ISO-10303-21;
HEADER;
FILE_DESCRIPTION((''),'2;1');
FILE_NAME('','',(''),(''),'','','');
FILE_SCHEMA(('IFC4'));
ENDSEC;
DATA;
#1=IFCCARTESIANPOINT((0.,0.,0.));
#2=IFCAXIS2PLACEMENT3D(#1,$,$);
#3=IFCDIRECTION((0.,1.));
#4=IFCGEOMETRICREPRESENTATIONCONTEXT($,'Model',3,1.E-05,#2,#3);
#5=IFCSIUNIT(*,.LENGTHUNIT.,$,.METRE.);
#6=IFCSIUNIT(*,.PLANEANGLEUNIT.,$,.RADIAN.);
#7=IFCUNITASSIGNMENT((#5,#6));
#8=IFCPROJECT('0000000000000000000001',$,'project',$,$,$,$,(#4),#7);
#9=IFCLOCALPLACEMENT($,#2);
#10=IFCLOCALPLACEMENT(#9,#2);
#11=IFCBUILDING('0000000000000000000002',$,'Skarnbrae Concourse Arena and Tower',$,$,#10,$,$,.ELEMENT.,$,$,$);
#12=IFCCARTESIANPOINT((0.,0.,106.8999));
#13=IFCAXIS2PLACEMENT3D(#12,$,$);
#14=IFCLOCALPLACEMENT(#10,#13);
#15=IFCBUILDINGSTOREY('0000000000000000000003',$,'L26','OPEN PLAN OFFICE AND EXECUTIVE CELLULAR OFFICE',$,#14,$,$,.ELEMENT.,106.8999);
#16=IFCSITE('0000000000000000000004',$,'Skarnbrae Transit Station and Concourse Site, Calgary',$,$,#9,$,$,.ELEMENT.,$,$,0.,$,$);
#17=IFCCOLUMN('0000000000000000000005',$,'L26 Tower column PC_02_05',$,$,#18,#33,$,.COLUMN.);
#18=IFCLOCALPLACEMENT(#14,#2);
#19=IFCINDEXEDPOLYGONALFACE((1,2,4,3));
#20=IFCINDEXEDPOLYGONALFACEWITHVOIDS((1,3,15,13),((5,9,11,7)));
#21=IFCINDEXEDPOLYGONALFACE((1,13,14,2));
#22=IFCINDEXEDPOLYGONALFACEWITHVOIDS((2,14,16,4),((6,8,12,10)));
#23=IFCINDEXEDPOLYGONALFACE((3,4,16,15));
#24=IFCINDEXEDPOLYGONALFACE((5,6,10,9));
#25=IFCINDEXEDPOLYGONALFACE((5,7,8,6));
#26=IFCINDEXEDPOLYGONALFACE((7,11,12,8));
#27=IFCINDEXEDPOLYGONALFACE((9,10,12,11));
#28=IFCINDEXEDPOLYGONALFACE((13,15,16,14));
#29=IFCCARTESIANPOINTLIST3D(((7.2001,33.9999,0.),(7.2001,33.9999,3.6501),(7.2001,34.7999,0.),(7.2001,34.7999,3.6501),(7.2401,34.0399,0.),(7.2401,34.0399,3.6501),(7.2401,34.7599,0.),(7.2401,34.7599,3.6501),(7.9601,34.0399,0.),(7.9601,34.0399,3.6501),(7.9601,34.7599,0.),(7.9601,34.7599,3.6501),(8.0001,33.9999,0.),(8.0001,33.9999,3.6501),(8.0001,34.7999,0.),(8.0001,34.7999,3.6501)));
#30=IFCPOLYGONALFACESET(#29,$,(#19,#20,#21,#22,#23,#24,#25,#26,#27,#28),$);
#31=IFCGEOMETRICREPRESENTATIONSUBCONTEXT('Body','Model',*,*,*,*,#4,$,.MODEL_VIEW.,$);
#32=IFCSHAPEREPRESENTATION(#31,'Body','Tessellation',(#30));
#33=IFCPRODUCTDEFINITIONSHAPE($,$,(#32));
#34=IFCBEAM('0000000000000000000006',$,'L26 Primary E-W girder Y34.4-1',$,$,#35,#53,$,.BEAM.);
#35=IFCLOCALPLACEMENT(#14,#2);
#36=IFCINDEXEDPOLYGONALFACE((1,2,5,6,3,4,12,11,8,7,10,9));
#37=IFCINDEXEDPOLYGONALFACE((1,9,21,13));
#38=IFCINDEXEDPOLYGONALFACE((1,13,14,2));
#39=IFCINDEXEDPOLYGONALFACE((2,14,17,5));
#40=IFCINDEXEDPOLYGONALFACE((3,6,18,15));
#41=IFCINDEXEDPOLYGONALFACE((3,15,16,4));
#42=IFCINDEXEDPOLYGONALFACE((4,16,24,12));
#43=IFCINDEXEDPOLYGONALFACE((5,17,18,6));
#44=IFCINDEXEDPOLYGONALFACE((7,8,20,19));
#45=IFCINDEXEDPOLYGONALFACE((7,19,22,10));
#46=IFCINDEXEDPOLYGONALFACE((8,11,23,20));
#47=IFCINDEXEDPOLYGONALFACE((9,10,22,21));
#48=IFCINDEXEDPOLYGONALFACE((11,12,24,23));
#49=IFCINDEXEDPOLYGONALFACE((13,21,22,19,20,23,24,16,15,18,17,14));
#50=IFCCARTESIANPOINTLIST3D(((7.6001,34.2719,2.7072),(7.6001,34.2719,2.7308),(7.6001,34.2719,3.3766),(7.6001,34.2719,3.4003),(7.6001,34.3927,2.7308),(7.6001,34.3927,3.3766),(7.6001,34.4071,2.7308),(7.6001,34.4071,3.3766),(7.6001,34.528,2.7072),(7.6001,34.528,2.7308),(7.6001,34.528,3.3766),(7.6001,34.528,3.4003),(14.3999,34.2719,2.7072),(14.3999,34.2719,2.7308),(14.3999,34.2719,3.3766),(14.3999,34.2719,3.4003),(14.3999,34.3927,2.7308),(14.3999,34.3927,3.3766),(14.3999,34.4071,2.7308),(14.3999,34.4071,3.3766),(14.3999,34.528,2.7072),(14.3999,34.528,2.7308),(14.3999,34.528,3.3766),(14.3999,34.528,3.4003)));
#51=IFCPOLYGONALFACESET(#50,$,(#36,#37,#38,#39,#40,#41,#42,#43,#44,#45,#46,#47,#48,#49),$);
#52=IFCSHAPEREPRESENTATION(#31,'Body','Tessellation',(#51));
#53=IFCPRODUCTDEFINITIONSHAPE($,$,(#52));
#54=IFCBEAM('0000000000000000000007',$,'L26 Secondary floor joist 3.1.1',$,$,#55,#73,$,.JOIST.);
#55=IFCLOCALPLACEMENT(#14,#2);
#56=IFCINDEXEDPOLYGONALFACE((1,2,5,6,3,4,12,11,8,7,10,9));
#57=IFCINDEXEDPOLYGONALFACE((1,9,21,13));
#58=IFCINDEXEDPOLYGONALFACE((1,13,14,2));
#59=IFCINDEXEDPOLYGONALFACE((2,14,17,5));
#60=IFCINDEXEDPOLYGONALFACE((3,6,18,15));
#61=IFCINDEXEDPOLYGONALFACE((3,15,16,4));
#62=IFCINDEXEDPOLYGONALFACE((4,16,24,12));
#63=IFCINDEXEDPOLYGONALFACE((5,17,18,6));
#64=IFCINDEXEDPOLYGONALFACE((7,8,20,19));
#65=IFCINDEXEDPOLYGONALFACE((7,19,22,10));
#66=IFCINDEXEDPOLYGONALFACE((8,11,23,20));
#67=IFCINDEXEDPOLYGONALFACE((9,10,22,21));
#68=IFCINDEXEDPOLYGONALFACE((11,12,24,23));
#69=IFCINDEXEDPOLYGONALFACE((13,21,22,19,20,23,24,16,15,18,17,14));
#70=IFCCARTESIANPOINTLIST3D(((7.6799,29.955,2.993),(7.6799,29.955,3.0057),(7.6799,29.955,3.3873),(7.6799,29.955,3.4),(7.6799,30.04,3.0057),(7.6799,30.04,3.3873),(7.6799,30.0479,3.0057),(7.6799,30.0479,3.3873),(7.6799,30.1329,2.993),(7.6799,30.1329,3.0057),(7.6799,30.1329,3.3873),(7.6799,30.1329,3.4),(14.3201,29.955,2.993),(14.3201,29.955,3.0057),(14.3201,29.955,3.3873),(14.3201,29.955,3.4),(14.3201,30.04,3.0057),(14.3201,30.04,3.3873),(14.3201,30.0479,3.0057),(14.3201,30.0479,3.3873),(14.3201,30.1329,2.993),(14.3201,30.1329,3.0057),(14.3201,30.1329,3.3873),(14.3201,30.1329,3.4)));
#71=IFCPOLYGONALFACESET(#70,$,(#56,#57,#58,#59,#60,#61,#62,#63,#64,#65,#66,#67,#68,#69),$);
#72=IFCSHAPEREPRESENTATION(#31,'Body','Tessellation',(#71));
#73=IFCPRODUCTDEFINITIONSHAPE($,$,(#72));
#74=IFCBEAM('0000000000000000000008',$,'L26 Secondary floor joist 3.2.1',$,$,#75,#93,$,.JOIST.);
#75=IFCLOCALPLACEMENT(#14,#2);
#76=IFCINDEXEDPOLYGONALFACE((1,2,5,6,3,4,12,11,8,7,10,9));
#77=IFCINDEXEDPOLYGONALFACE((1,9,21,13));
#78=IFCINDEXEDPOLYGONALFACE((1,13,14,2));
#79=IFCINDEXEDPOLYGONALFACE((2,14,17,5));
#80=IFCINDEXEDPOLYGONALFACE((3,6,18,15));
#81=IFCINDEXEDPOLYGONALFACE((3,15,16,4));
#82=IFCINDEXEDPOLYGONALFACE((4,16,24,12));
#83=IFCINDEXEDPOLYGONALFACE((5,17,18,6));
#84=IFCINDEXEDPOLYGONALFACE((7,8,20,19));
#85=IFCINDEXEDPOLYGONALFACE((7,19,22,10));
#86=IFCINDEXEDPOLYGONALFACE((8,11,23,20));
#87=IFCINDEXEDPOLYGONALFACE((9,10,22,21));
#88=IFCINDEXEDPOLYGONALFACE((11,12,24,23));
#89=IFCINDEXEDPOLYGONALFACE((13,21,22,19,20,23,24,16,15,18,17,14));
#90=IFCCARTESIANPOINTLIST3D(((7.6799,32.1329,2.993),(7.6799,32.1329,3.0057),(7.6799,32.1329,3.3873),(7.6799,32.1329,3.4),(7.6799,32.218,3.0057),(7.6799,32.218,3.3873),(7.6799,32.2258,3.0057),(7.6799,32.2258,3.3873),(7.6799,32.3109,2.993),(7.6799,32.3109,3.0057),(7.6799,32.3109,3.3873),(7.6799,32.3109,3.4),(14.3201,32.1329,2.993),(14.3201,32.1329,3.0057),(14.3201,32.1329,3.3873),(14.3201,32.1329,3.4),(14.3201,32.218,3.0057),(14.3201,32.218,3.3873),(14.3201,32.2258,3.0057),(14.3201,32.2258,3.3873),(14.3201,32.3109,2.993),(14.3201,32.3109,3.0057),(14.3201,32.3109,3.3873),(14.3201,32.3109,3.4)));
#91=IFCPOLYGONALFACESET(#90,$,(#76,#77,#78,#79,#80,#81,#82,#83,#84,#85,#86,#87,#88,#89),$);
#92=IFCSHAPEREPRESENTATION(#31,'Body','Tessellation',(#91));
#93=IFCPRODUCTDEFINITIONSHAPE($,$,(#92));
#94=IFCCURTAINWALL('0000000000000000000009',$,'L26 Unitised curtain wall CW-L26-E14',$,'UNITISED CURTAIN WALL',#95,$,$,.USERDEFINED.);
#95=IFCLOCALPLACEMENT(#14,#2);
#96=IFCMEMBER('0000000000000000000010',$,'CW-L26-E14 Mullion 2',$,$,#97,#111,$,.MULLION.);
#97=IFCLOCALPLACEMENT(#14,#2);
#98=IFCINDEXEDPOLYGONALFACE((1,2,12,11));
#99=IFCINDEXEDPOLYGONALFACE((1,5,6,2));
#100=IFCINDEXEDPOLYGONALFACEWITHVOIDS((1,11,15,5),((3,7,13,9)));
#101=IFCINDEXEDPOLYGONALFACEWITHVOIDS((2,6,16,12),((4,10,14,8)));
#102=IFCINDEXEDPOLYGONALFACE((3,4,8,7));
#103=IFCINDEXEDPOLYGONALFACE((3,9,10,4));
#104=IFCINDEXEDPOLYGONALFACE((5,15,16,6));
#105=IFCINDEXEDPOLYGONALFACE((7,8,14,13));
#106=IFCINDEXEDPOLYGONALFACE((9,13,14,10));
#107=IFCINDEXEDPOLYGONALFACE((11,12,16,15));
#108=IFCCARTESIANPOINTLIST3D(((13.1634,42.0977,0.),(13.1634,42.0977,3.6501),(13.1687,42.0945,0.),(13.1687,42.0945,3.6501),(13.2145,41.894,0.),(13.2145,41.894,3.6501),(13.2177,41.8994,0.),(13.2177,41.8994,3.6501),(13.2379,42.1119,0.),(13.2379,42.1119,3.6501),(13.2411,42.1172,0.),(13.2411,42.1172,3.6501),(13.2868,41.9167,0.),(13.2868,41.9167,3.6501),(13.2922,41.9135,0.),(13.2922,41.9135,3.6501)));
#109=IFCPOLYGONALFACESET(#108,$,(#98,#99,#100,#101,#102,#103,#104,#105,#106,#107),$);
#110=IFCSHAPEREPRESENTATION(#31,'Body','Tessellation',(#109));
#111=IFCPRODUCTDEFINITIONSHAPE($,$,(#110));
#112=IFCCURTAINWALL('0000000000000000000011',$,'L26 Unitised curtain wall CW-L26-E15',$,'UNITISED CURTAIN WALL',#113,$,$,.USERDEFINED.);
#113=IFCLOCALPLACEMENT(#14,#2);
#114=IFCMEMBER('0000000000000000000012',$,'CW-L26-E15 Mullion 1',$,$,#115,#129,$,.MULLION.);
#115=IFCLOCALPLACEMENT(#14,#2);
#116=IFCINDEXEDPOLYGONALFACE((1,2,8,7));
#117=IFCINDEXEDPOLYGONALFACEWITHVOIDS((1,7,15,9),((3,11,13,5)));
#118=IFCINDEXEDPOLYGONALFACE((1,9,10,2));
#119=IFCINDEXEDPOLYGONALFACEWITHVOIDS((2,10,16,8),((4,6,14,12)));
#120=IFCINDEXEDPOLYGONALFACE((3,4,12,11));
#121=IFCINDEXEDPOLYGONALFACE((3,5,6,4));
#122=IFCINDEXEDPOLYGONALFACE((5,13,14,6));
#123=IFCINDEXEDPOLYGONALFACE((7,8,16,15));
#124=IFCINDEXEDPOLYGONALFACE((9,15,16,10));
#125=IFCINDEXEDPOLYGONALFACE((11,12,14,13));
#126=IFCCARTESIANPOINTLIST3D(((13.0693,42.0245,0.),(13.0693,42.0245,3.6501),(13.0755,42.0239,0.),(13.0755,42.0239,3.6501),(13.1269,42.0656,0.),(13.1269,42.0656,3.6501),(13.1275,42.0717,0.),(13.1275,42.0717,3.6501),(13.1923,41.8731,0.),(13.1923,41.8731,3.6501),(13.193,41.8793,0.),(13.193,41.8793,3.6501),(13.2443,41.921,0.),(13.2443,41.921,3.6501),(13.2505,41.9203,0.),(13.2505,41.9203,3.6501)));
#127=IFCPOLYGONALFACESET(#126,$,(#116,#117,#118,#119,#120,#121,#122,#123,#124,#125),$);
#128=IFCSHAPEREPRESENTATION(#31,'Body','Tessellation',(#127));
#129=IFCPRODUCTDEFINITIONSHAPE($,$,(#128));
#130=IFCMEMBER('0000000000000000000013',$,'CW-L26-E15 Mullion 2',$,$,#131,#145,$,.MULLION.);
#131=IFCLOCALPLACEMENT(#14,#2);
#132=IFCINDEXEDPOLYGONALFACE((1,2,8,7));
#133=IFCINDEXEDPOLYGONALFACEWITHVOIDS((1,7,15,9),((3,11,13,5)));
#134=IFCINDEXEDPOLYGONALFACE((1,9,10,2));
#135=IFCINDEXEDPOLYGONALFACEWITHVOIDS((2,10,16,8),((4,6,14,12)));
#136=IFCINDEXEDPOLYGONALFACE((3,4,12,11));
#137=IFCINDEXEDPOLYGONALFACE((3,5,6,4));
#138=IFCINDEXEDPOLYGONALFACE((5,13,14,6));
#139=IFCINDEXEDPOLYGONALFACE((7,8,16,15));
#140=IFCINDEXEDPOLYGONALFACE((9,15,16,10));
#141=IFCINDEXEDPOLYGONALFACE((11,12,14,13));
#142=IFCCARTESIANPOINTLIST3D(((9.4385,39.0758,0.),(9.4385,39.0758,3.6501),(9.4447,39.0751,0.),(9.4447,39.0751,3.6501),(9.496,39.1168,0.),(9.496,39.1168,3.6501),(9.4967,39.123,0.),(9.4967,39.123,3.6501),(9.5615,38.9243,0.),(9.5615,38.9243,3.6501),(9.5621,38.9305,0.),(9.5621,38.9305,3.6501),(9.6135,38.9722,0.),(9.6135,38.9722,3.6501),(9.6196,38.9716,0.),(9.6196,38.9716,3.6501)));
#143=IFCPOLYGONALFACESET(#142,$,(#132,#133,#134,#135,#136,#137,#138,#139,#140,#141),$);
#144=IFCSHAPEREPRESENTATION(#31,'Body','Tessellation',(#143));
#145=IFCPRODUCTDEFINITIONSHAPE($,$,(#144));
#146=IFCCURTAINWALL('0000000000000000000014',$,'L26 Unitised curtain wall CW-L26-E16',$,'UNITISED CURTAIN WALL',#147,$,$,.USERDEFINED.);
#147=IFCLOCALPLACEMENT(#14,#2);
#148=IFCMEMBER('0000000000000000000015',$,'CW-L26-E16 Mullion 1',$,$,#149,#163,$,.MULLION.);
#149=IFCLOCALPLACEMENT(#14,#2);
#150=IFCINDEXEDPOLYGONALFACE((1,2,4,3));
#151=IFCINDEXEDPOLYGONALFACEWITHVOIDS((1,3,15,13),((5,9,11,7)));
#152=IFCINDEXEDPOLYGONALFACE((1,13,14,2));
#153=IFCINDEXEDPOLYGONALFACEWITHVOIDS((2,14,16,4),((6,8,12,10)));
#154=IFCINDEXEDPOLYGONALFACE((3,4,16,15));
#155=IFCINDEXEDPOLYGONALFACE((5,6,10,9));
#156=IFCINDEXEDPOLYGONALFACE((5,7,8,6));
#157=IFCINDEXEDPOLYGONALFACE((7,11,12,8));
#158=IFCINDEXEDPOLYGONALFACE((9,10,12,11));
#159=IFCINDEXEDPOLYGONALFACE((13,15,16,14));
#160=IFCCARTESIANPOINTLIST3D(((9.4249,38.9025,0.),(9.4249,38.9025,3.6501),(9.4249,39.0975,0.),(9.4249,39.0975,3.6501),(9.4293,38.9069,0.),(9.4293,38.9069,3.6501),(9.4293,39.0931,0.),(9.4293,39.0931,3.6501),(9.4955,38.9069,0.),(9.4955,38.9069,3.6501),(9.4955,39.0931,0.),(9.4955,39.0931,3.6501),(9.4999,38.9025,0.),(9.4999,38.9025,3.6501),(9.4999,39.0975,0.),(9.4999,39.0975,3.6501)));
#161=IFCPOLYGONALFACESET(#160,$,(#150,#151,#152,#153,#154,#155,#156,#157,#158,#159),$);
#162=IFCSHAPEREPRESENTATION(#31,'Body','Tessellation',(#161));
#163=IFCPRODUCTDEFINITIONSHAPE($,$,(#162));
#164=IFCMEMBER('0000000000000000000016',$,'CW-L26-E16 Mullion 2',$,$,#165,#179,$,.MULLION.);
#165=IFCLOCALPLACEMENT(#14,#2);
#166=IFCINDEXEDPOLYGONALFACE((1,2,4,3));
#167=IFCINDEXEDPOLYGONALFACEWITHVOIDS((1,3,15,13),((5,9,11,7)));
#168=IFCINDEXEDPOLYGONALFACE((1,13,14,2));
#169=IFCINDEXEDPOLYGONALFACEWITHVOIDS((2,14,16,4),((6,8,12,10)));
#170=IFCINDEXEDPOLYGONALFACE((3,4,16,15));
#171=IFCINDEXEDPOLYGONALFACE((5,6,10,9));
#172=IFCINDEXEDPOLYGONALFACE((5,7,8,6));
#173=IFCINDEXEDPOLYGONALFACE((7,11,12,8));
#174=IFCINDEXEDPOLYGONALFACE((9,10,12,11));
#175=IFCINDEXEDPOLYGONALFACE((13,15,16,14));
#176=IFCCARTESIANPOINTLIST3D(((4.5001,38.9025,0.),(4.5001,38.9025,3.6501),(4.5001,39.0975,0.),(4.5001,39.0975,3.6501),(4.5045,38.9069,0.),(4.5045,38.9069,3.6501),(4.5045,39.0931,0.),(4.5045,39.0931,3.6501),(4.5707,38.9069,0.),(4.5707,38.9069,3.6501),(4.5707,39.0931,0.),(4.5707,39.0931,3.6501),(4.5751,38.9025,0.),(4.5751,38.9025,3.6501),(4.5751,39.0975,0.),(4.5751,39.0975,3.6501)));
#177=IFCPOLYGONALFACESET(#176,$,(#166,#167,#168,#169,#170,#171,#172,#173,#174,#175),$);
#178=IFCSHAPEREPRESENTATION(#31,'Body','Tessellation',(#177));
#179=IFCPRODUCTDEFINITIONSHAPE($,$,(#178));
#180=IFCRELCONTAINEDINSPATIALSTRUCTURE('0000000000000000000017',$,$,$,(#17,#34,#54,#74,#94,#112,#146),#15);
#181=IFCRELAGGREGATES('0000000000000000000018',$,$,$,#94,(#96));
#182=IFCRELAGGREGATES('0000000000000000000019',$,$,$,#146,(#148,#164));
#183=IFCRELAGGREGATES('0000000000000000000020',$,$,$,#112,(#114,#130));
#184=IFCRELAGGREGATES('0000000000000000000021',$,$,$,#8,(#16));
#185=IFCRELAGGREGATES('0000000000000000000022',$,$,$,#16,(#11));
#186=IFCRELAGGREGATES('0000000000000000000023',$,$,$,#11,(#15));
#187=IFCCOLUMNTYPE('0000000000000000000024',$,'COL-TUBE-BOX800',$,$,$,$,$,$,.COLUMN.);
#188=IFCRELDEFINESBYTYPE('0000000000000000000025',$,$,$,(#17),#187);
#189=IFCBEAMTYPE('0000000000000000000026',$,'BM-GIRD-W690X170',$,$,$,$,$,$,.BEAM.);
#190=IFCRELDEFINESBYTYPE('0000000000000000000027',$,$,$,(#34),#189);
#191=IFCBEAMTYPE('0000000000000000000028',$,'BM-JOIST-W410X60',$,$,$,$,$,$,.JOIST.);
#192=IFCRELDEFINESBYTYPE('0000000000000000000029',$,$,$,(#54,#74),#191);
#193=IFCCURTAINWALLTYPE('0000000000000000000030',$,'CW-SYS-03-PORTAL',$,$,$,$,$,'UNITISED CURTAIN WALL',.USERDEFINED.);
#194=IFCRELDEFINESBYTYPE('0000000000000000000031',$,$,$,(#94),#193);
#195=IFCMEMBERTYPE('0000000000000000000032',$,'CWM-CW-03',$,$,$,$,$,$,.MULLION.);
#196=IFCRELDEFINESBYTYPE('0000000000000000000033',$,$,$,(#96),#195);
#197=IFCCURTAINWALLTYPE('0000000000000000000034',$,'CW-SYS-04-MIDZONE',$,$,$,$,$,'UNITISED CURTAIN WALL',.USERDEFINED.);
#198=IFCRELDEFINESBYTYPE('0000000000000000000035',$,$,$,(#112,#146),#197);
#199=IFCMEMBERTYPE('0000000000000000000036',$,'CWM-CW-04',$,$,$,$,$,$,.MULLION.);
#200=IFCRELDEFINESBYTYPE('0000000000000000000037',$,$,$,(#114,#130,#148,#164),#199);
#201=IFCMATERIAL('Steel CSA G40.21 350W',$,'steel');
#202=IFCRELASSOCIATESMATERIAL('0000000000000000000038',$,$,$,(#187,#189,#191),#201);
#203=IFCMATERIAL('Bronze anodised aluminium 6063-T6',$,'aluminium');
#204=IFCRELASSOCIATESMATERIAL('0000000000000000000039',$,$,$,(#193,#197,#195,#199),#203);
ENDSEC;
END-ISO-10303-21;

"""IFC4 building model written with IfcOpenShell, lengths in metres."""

from ifc_helpers import new_model, si_unit, direction, frame, origin, origin_2d, place, context, subcontext, project, spatial, hollow_rectangle, i_section, extrude, source, transform, mapped, material, material_profile, profile_set, type_object, element, aggregate, save


model = new_model("IFC4")

# Units and contexts
model_context = context("Model", 3, precision=1e-05, world=origin(), true_north=direction((0.0, 1.0)))
body_context = subcontext(model_context, "Body", "Model", "MODEL_VIEW")
ifc_project = project(units=[si_unit("LENGTHUNIT", "METRE"), si_unit("PLANEANGLEUNIT", "RADIAN")], contexts=[model_context])

# Site, building, storey
site_placement = place(None, origin())
site = spatial("IfcSite", under=ifc_project, at=site_placement, Name="Skarnbrae Transit Station and Concourse Site, Calgary", CompositionType="ELEMENT", RefElevation=0.0)
building_placement = place(site_placement, origin())
building = spatial("IfcBuilding", under=site, at=building_placement, Name="Skarnbrae Concourse Arena and Tower", CompositionType="ELEMENT")
storey_placement = place(building_placement, frame((0.0, 0.0, 106.8999)))
storey = spatial("IfcBuildingStorey", under=building, at=storey_placement, Name="L26", Description="OPEN PLAN OFFICE AND EXECUTIVE CELLULAR OFFICE", CompositionType="ELEMENT", Elevation=106.8999)

# Column
ifc_material_1 = material(Name="Steel CSA G40.21 350W", Category="steel")
ifc_material_profile_1 = material_profile(ifc_material_1, hollow_rectangle(XDim=0.8, YDim=0.8, WallThickness=0.04, at=origin_2d()), Name="BOX800X800X40")
ifc_profile_set_1 = profile_set([ifc_material_profile_1], Name="Steel CSA G40.21 350W")
column_type = type_object("IfcColumnType", Name="COL-TUBE-BOX800", PredefinedType="COLUMN", material=ifc_profile_set_1)
shared_shape_1 = source(origin(), body_context, "Body", "SweptSolid", [
    extrude(hollow_rectangle(XDim=0.8, YDim=0.8, WallThickness=0.04, at=origin_2d()), origin(), (0.0, 0.0, 1.0), 3.6501),
])
column_placement = place(storey_placement, frame((7.6001, 34.3999, 0.0), z_axis=(0.0, 0.0, 1.0), x_axis=(1.0, 0.0, 0.0)))
element("IfcColumn", 1, at=column_placement, inside=storey, type_object=column_type, Name="L26 Tower column PC_02_05", PredefinedType="COLUMN", context=body_context, shape_type="MappedRepresentation", body=[
    mapped(shared_shape_1, transform((0.0, 0.0, 0.0))),
])

# Beams
ifc_material_profile_2 = material_profile(ifc_material_1, i_section(OverallWidth=0.2561, OverallDepth=0.6931, WebThickness=0.0144, FlangeThickness=0.0237, at=origin_2d()), Name="W690X170")
ifc_profile_set_2 = profile_set([ifc_material_profile_2], Name="Steel CSA G40.21 350W")
beam_type_1 = type_object("IfcBeamType", Name="BM-GIRD-W690X170", PredefinedType="BEAM", material=ifc_profile_set_2)
shared_shape_2 = source(origin(), body_context, "Body", "SweptSolid", [
    extrude(i_section(OverallWidth=0.2561, OverallDepth=0.6931, WebThickness=0.0144, FlangeThickness=0.0237, at=origin_2d()), origin(), (0.0, 0.0, 1.0), 6.7998),
])
beam_placement = place(storey_placement, frame((7.6001, 34.3999, 3.0537), z_axis=(1.0, 0.0, 0.0), x_axis=(0.0, 1.0, 0.0)))
element("IfcBeam", 2, at=beam_placement, inside=storey, type_object=beam_type_1, Name="L26 Primary E-W girder Y34.4-1", PredefinedType="BEAM", context=body_context, shape_type="MappedRepresentation", body=[
    mapped(shared_shape_2, transform((0.0, 0.0, 0.0))),
])
ifc_material_profile_3 = material_profile(ifc_material_1, i_section(OverallWidth=0.178, OverallDepth=0.407, WebThickness=0.0078, FlangeThickness=0.0127, at=origin_2d()), Name="W410X60")
ifc_profile_set_3 = profile_set([ifc_material_profile_3], Name="Steel CSA G40.21 350W")
beam_type_2 = type_object("IfcBeamType", Name="BM-JOIST-W410X60", PredefinedType="JOIST", material=ifc_profile_set_3)
shared_shape_3 = source(origin(), body_context, "Body", "SweptSolid", [
    extrude(i_section(OverallWidth=0.178, OverallDepth=0.407, WebThickness=0.0078, FlangeThickness=0.0127, at=origin_2d()), origin(), (0.0, 0.0, 1.0), 6.6401),
])
for number, where, z_axis, x_axis, name in (
    (3, (7.6799, 30.0439, 3.1965), (1.0, 0.0, 0.0), (0.0, 1.0, 0.0), "L26 Secondary floor joist 3.1.1"),
    (4, (7.6799, 32.2219, 3.1965), (1.0, 0.0, 0.0), (0.0, 1.0, 0.0), "L26 Secondary floor joist 3.2.1"),
):
    element("IfcBeam", number, at=place(storey_placement, frame(where, z_axis=z_axis, x_axis=x_axis)), inside=storey, type_object=beam_type_2, Name=name, PredefinedType="JOIST", context=body_context, shape_type="MappedRepresentation", body=[
        mapped(shared_shape_3, transform((0.0, 0.0, 0.0))),
    ])

# Curtain wall, member
ifc_material_2 = material(Name="Bronze anodised aluminium 6063-T6", Category="aluminium")
curtain_wall_type_1 = type_object("IfcCurtainWallType", Name="CW-SYS-03-PORTAL", ElementType="UNITISED CURTAIN WALL", PredefinedType="USERDEFINED", material=ifc_material_2)
curtain_wall_1_placement = place(storey_placement, origin())
curtain_wall_1 = element("IfcCurtainWall", 5, at=curtain_wall_1_placement, inside=storey, type_object=curtain_wall_type_1, Name="L26 Unitised curtain wall CW-L26-E14", ObjectType="UNITISED CURTAIN WALL", PredefinedType="USERDEFINED")
ifc_material_profile_4 = material_profile(ifc_material_2, hollow_rectangle(XDim=0.0801, YDim=0.21, WallThickness=0.0044, at=origin_2d()), Name="ALU-MULL-80X210")
ifc_profile_set_4 = profile_set([ifc_material_profile_4], Name="Bronze anodised aluminium 6063-T6")
member_type_1 = type_object("IfcMemberType", Name="CWM-CW-03", PredefinedType="MULLION", material=ifc_profile_set_4)
shared_shape_4 = source(origin(), body_context, "Body", "SweptSolid", [
    extrude(hollow_rectangle(XDim=0.0801, YDim=0.21, WallThickness=0.0044, at=origin_2d()), origin(), (0.0, 0.0, 1.0), 3.6501),
])
member_1_placement = place(storey_placement, frame((13.2278, 42.0056, 0.0), z_axis=(0.0, 0.0, 1.0), x_axis=(-0.969903, -0.243491, 0.0)))
member_1 = element("IfcMember", 6, at=member_1_placement, type_object=member_type_1, Name="CW-L26-E14 Mullion 2", PredefinedType="MULLION", context=body_context, shape_type="MappedRepresentation", body=[
    mapped(shared_shape_4, transform((0.0, 0.0, 0.0))),
])
aggregate(curtain_wall_1, [member_1])

# Curtain walls, members
curtain_wall_type_2 = type_object("IfcCurtainWallType", Name="CW-SYS-04-MIDZONE", ElementType="UNITISED CURTAIN WALL", PredefinedType="USERDEFINED", material=ifc_material_2)
curtain_wall_2_placement = place(storey_placement, origin())
curtain_wall_2 = element("IfcCurtainWall", 7, at=curtain_wall_2_placement, inside=storey, type_object=curtain_wall_type_2, Name="L26 Unitised curtain wall CW-L26-E15", ObjectType="UNITISED CURTAIN WALL", PredefinedType="USERDEFINED")
ifc_material_profile_5 = material_profile(ifc_material_2, hollow_rectangle(XDim=0.075, YDim=0.1951, WallThickness=0.0044, at=origin_2d()), Name="ALU-MULL-75X195")
ifc_profile_set_5 = profile_set([ifc_material_profile_5], Name="Bronze anodised aluminium 6063-T6")
member_type_2 = type_object("IfcMemberType", Name="CWM-CW-04", PredefinedType="MULLION", material=ifc_profile_set_5)
shared_shape_5 = source(origin(), body_context, "Body", "SweptSolid", [
    extrude(hollow_rectangle(XDim=0.075, YDim=0.1951, WallThickness=0.0044, at=origin_2d()), origin(), (0.0, 0.0, 1.0), 3.6501),
])
member_2_placement = place(storey_placement, frame((13.1599, 41.9724, 0.0), z_axis=(0.0, 0.0, 1.0), x_axis=(-0.776241, -0.630436, 0.0)))
member_2 = element("IfcMember", 8, at=member_2_placement, type_object=member_type_2, Name="CW-L26-E15 Mullion 1", PredefinedType="MULLION", context=body_context, shape_type="MappedRepresentation", body=[
    mapped(shared_shape_5, transform((0.0, 0.0, 0.0))),
])
member_3_placement = place(storey_placement, frame((9.5291, 39.0237, 0.0), z_axis=(0.0, 0.0, 1.0), x_axis=(-0.776241, -0.630436, 0.0)))
member_3 = element("IfcMember", 9, at=member_3_placement, type_object=member_type_2, Name="CW-L26-E15 Mullion 2", PredefinedType="MULLION", context=body_context, shape_type="MappedRepresentation", body=[
    mapped(shared_shape_5, transform((0.0, 0.0, 0.0))),
])
curtain_wall_3_placement = place(storey_placement, origin())
curtain_wall_3 = element("IfcCurtainWall", 10, at=curtain_wall_3_placement, inside=storey, type_object=curtain_wall_type_2, Name="L26 Unitised curtain wall CW-L26-E16", ObjectType="UNITISED CURTAIN WALL", PredefinedType="USERDEFINED")
member_4_placement = place(storey_placement, frame((9.4624, 39.0, 0.0), z_axis=(0.0, 0.0, 1.0), x_axis=(-1.0, 0.0, 0.0)))
member_4 = element("IfcMember", 11, at=member_4_placement, type_object=member_type_2, Name="CW-L26-E16 Mullion 1", PredefinedType="MULLION", context=body_context, shape_type="MappedRepresentation", body=[
    mapped(shared_shape_5, transform((0.0, 0.0, 0.0))),
])
member_5_placement = place(storey_placement, frame((4.5376, 39.0, 0.0), z_axis=(0.0, 0.0, 1.0), x_axis=(-1.0, 0.0, 0.0)))
member_5 = element("IfcMember", 12, at=member_5_placement, type_object=member_type_2, Name="CW-L26-E16 Mullion 2", PredefinedType="MULLION", context=body_context, shape_type="MappedRepresentation", body=[
    mapped(shared_shape_5, transform((0.0, 0.0, 0.0))),
])

aggregate(curtain_wall_3, [member_4, member_5])
aggregate(curtain_wall_2, [member_2, member_3])

save(model, "model.ifc")
